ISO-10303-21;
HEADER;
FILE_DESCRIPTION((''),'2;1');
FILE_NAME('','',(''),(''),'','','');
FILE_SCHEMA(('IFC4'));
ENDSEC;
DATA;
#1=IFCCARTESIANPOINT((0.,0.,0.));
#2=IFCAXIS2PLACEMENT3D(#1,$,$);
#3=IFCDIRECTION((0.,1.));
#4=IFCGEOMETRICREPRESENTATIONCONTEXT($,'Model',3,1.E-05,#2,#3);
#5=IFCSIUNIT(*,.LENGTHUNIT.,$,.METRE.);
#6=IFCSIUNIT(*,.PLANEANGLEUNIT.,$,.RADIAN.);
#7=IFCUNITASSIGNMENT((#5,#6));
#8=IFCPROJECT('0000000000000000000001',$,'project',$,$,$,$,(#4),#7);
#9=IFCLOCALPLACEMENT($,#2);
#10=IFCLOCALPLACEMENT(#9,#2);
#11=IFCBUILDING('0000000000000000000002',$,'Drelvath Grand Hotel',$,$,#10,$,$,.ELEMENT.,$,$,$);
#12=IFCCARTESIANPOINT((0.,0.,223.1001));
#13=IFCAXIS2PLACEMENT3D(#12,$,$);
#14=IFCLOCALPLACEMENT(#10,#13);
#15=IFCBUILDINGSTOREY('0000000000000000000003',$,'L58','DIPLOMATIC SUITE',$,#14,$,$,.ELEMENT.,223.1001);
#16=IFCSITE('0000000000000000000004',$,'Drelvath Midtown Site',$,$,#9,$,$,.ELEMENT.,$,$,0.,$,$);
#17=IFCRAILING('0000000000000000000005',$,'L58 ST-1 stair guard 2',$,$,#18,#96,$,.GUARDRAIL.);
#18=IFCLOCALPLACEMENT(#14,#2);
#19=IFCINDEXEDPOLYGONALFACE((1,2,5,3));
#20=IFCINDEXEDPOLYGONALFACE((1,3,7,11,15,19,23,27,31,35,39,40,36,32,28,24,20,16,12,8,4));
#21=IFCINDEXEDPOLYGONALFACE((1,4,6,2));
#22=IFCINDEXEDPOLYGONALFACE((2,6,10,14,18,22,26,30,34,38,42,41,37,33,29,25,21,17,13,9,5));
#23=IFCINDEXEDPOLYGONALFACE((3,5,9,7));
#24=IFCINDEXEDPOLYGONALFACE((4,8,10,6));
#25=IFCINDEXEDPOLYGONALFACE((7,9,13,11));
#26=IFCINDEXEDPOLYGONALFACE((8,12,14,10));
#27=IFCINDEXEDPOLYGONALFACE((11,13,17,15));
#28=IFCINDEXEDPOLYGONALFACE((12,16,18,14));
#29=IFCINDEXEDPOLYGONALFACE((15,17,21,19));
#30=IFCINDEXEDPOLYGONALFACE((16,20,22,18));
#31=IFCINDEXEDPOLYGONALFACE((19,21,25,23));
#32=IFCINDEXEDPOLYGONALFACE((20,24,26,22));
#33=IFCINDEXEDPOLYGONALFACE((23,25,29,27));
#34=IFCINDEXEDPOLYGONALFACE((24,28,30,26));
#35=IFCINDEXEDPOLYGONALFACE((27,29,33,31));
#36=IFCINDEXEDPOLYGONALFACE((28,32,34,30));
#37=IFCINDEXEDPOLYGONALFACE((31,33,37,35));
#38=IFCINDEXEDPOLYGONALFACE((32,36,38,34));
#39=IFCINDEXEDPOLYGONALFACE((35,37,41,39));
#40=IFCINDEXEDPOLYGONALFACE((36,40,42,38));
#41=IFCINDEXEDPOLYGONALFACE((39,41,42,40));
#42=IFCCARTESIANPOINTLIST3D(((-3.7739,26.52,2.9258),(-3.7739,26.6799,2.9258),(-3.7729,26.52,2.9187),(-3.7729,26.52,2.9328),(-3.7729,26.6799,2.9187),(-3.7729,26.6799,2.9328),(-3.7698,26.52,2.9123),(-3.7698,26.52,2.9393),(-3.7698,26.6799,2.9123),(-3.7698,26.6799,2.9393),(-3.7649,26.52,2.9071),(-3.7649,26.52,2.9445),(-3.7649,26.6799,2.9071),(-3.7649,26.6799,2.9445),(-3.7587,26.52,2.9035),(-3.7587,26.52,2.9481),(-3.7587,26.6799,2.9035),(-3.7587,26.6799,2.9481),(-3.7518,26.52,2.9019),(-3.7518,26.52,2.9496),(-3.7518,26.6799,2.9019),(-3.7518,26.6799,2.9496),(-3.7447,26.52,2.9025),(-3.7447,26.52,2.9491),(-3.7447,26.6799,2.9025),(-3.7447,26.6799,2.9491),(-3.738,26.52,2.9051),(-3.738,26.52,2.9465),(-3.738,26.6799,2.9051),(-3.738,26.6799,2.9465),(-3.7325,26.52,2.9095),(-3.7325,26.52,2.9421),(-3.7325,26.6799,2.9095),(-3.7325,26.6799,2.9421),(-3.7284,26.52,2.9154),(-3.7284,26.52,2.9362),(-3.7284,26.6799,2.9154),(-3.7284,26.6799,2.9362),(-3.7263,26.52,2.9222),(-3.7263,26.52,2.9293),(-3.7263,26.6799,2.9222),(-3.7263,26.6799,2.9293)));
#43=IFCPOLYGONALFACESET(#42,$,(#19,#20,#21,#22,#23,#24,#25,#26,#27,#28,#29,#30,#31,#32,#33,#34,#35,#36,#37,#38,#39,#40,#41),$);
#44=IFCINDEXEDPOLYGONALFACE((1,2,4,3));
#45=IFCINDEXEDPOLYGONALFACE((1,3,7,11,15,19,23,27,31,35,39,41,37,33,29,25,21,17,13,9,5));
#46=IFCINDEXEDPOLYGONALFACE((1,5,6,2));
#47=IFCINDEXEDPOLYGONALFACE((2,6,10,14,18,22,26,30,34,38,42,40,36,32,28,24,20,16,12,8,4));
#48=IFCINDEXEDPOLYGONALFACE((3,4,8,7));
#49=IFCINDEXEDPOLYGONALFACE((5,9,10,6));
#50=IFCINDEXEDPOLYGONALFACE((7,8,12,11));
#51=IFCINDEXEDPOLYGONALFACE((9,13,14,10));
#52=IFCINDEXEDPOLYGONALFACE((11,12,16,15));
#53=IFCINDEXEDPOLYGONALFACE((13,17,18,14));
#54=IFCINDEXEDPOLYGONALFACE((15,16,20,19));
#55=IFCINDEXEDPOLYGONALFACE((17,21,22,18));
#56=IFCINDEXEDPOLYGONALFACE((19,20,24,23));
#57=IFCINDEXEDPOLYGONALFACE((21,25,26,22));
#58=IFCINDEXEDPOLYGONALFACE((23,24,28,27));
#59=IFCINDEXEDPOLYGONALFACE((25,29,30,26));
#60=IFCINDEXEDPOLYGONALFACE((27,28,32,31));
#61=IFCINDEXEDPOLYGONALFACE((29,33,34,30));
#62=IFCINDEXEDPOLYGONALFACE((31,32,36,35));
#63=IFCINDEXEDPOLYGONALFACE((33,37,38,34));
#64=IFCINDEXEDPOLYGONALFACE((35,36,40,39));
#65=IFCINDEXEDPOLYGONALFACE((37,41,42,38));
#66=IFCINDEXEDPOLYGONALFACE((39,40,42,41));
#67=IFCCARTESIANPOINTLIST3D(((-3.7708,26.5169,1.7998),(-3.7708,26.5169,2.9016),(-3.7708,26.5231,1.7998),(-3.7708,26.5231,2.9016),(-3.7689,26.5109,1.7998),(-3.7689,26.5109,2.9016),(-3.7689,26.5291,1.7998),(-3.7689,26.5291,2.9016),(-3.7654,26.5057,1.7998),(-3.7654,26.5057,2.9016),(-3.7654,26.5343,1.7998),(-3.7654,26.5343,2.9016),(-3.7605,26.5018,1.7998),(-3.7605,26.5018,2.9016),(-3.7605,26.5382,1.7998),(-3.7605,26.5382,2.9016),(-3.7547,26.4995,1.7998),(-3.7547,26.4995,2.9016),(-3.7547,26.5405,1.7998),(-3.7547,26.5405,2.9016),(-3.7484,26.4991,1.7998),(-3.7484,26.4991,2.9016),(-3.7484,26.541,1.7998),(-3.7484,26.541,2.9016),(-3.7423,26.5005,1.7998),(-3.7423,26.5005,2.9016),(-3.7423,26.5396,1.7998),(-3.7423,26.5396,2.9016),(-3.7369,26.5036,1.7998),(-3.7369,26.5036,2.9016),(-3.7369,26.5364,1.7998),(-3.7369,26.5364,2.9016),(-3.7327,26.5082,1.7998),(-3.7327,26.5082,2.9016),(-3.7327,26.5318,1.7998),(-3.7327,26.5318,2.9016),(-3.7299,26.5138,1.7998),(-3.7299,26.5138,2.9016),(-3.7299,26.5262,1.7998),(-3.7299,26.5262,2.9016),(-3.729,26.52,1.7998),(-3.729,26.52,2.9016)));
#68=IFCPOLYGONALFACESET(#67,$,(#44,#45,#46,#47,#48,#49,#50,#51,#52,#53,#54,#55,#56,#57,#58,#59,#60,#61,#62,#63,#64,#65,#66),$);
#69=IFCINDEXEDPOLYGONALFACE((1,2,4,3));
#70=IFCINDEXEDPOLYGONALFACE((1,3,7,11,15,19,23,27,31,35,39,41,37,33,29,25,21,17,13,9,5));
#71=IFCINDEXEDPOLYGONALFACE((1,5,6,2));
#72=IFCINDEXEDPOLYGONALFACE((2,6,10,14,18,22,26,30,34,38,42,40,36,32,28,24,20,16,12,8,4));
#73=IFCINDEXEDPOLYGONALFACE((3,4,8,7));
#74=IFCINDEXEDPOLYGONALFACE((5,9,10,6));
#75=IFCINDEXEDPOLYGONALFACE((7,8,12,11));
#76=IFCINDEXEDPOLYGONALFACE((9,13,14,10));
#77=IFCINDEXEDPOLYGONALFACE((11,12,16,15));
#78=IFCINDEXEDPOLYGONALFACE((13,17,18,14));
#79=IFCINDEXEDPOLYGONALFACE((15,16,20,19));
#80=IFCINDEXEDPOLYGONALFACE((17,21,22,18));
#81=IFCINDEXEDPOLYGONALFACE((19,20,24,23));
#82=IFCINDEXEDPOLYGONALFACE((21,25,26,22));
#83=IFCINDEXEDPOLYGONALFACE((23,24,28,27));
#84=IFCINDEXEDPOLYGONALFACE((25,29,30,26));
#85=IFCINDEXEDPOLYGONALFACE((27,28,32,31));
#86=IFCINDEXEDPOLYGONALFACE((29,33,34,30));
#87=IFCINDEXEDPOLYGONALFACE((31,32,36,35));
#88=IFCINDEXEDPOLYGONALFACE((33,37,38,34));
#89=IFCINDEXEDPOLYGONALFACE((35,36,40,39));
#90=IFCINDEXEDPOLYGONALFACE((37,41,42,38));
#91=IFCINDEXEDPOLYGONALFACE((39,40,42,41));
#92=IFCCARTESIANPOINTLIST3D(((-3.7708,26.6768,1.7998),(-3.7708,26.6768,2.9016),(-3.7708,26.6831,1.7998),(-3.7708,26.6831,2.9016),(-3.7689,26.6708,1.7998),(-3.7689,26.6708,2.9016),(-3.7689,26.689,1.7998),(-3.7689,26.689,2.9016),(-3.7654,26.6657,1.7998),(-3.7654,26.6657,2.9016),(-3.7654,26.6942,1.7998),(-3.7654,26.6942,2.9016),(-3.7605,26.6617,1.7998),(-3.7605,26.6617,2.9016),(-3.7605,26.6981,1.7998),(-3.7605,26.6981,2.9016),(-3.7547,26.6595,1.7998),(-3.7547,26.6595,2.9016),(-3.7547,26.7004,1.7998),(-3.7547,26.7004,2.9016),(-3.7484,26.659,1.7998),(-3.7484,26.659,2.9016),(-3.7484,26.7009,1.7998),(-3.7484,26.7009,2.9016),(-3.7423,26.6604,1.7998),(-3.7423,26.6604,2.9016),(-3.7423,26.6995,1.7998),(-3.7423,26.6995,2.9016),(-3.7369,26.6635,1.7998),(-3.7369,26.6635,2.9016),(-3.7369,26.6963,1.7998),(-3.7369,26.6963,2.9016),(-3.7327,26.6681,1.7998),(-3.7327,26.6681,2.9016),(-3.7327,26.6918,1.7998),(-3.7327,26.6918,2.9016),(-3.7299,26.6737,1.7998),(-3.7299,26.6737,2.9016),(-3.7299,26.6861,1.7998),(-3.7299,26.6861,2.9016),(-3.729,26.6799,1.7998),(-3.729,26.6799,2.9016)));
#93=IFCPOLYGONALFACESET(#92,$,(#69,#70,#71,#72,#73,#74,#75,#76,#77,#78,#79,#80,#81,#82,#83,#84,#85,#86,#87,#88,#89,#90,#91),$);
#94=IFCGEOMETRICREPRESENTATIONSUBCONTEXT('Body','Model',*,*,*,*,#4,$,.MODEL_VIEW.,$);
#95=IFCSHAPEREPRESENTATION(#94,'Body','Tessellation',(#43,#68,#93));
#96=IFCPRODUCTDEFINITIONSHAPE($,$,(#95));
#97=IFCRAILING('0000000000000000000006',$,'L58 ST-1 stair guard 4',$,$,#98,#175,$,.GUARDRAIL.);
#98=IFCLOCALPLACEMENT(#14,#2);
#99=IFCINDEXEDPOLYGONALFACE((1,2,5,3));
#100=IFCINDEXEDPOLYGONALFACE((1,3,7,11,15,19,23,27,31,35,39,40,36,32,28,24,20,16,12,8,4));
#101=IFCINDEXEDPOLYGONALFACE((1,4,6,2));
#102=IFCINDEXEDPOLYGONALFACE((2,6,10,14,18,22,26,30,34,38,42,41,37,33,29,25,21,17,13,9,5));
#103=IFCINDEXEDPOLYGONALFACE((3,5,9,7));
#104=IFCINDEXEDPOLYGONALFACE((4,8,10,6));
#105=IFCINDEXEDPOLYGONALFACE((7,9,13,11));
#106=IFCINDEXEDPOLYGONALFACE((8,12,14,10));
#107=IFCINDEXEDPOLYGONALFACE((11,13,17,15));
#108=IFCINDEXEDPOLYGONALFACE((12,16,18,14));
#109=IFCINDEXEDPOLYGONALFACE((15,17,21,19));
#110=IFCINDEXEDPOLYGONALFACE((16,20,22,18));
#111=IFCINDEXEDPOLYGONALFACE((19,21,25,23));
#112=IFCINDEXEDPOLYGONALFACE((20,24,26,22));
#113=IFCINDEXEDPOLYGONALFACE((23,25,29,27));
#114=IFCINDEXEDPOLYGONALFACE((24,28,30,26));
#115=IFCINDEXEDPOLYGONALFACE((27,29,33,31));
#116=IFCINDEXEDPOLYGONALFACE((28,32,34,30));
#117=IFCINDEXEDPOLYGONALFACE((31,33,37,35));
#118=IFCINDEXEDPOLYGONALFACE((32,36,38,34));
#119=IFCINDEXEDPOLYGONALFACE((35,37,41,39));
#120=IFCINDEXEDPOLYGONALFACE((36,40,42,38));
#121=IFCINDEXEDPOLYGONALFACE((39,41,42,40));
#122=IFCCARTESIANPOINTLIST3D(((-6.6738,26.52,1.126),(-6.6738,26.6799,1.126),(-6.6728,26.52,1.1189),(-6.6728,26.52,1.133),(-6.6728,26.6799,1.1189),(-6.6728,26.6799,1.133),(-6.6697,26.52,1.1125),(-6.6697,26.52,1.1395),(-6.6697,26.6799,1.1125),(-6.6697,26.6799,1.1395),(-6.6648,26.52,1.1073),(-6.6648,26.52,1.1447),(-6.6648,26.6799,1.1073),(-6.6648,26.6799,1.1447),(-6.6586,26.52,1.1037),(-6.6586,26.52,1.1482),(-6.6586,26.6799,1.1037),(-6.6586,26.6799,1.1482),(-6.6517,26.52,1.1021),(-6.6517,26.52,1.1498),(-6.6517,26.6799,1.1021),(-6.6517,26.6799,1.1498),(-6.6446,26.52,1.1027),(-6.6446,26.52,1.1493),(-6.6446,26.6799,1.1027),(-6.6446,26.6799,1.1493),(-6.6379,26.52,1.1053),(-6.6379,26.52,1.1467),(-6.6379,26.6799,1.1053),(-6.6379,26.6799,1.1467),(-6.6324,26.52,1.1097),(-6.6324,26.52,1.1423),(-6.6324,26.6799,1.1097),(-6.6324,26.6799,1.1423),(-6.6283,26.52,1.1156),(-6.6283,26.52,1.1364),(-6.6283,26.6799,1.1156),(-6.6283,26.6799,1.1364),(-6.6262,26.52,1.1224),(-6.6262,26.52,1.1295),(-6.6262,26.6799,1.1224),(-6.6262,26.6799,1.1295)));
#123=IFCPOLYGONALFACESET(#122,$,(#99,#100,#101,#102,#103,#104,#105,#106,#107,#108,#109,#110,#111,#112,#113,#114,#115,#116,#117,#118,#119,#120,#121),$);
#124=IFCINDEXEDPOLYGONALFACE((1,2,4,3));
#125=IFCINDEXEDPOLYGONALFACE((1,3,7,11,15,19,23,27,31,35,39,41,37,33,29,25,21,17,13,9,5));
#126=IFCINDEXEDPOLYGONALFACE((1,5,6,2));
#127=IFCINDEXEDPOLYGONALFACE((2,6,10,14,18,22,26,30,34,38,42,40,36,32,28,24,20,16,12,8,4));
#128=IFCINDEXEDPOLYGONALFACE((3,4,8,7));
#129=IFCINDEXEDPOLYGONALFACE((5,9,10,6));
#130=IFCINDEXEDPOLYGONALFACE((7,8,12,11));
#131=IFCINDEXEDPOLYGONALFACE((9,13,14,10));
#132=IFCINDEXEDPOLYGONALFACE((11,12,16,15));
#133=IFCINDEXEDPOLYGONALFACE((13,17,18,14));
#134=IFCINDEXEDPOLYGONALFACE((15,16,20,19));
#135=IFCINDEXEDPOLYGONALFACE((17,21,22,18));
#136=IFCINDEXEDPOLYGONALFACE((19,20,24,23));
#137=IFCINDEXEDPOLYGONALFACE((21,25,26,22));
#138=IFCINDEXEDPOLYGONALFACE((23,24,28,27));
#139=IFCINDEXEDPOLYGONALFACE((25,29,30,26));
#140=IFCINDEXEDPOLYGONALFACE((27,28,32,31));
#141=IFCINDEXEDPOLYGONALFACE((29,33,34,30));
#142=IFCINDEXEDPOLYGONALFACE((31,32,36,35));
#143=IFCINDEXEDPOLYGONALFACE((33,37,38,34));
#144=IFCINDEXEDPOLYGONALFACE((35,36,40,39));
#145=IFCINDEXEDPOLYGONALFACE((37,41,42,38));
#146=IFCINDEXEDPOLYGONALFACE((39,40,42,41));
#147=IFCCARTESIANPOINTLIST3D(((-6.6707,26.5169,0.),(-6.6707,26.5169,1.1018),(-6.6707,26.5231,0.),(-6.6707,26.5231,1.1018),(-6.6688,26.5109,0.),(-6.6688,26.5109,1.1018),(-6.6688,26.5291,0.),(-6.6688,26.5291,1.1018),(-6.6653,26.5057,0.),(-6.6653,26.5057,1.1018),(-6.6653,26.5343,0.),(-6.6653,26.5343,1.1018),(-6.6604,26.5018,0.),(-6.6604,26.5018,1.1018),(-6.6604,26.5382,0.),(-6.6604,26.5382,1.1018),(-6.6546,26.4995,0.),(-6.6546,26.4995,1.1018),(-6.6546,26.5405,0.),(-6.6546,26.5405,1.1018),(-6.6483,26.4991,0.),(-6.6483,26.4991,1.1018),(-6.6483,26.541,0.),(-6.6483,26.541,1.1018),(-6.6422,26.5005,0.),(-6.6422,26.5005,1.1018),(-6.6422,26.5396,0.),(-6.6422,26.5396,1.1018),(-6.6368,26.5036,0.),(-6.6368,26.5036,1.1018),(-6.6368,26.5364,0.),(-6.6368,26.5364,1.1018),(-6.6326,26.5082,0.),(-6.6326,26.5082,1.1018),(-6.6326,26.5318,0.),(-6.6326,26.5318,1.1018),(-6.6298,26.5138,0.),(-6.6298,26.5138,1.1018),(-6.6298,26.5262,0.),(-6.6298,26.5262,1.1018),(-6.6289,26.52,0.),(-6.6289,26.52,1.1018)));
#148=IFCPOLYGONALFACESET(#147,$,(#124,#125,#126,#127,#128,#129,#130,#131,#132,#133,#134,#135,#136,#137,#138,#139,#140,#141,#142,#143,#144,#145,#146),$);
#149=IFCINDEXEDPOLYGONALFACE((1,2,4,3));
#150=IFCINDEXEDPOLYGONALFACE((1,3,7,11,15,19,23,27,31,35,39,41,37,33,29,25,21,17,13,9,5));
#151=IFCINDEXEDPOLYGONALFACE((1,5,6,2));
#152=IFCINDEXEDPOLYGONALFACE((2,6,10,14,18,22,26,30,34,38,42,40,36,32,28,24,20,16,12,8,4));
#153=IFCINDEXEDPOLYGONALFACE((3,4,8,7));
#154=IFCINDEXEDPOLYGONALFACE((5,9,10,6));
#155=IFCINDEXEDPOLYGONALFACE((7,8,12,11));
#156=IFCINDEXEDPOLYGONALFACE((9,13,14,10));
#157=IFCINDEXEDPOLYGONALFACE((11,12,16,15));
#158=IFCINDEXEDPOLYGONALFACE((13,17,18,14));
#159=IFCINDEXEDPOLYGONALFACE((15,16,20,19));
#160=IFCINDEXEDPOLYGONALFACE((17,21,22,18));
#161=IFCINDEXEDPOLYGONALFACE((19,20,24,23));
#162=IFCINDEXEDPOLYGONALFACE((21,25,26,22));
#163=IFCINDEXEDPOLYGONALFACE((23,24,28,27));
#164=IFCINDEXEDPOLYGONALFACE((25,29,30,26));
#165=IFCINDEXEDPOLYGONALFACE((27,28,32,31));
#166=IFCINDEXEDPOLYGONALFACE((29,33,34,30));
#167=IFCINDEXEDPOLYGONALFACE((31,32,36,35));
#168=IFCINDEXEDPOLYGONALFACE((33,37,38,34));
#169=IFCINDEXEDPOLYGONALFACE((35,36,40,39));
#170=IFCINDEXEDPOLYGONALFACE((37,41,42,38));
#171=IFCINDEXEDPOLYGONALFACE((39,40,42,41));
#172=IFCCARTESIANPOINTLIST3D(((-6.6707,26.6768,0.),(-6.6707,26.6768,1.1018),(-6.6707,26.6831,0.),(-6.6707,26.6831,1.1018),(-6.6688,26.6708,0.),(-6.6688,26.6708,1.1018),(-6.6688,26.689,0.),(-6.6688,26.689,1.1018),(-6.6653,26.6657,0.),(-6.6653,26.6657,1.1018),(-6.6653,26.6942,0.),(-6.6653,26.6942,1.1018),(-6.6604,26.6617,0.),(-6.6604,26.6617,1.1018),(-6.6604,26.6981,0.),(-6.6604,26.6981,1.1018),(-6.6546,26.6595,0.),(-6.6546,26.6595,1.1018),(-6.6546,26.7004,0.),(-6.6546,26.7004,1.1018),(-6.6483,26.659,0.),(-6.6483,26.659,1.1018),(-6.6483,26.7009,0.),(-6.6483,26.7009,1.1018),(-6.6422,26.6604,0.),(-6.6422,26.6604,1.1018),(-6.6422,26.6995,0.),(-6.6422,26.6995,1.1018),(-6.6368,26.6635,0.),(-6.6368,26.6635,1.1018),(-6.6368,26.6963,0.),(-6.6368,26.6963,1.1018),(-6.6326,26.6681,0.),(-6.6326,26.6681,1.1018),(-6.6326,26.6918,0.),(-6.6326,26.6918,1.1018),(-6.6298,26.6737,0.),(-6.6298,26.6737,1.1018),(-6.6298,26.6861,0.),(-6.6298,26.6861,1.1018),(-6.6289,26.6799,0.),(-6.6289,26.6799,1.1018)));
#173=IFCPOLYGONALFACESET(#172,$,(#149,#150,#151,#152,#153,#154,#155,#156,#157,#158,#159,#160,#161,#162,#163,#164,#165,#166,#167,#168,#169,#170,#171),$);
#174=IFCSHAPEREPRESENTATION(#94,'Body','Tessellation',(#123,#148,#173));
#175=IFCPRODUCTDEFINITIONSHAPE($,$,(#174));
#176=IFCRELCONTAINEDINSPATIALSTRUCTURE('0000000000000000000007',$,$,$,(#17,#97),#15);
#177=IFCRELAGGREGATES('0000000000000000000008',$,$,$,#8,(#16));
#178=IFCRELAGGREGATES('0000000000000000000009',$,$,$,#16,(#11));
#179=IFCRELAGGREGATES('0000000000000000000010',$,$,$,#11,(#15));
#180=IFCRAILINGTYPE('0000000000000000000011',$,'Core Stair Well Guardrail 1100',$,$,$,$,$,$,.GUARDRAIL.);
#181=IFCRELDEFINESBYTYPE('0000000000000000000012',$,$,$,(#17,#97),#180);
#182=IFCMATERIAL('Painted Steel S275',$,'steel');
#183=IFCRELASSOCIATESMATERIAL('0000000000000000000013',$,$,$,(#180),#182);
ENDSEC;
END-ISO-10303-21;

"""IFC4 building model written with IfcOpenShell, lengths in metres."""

from ifc_helpers import new_model, si_unit, direction, frame, origin, origin_2d, place, context, subcontext, project, spatial, circle, extrude, material, type_object, element, save


model = new_model("IFC4")

# Units and contexts
model_context = context("Model", 3, precision=1e-05, world=origin(), true_north=direction((0.0, 1.0)))
body_context = subcontext(model_context, "Body", "Model", "MODEL_VIEW")
ifc_project = project(units=[si_unit("LENGTHUNIT", "METRE"), si_unit("PLANEANGLEUNIT", "RADIAN")], contexts=[model_context])

# Site, building, storey
site_placement = place(None, origin())
site = spatial("IfcSite", under=ifc_project, at=site_placement, Name="Drelvath Midtown Site", CompositionType="ELEMENT", RefElevation=0.0)
building_placement = place(site_placement, origin())
building = spatial("IfcBuilding", under=site, at=building_placement, Name="Drelvath Grand Hotel", CompositionType="ELEMENT")
storey_placement = place(building_placement, frame((0.0, 0.0, 223.1001)))
storey = spatial("IfcBuildingStorey", under=building, at=storey_placement, Name="L58", Description="DIPLOMATIC SUITE", CompositionType="ELEMENT", Elevation=223.1001)

# Shared definitions
ifc_material_1 = material(Name="Painted Steel S275", Category="steel")

# Railings
railing_type_1 = type_object("IfcRailingType", Name="Core Stair Well Guardrail 1100", PredefinedType="GUARDRAIL", material=ifc_material_1)
for number, where, name in (
    (1, (-3.75, 26.52, 1.7998), "L58 ST-1 stair guard 2"),
    (2, (-6.6499, 26.52, 0.0), "L58 ST-1 stair guard 4"),
):
    element("IfcRailing", number, at=place(storey_placement, frame(where)), inside=storey, type_object=railing_type_1, Name=name, PredefinedType="GUARDRAIL", context=body_context, shape_type="SweptSolid", body=[
        extrude(circle(Radius=0.0239, at=origin_2d()), frame((0.0, 0.0, 1.126), z_axis=(0.0, 1.0, 0.0), x_axis=(-1.0, 0.0, 0.0)), (0.0, 0.0, 1.0), 0.1599),
        extrude(circle(Radius=0.021, at=origin_2d()), origin(), (0.0, 0.0, 1.0), 1.1018),
        extrude(circle(Radius=0.021, at=origin_2d()), frame((0.0, 0.1599, 0.0)), (0.0, 0.0, 1.0), 1.1018),
    ])

save(model, "model.ifc")
